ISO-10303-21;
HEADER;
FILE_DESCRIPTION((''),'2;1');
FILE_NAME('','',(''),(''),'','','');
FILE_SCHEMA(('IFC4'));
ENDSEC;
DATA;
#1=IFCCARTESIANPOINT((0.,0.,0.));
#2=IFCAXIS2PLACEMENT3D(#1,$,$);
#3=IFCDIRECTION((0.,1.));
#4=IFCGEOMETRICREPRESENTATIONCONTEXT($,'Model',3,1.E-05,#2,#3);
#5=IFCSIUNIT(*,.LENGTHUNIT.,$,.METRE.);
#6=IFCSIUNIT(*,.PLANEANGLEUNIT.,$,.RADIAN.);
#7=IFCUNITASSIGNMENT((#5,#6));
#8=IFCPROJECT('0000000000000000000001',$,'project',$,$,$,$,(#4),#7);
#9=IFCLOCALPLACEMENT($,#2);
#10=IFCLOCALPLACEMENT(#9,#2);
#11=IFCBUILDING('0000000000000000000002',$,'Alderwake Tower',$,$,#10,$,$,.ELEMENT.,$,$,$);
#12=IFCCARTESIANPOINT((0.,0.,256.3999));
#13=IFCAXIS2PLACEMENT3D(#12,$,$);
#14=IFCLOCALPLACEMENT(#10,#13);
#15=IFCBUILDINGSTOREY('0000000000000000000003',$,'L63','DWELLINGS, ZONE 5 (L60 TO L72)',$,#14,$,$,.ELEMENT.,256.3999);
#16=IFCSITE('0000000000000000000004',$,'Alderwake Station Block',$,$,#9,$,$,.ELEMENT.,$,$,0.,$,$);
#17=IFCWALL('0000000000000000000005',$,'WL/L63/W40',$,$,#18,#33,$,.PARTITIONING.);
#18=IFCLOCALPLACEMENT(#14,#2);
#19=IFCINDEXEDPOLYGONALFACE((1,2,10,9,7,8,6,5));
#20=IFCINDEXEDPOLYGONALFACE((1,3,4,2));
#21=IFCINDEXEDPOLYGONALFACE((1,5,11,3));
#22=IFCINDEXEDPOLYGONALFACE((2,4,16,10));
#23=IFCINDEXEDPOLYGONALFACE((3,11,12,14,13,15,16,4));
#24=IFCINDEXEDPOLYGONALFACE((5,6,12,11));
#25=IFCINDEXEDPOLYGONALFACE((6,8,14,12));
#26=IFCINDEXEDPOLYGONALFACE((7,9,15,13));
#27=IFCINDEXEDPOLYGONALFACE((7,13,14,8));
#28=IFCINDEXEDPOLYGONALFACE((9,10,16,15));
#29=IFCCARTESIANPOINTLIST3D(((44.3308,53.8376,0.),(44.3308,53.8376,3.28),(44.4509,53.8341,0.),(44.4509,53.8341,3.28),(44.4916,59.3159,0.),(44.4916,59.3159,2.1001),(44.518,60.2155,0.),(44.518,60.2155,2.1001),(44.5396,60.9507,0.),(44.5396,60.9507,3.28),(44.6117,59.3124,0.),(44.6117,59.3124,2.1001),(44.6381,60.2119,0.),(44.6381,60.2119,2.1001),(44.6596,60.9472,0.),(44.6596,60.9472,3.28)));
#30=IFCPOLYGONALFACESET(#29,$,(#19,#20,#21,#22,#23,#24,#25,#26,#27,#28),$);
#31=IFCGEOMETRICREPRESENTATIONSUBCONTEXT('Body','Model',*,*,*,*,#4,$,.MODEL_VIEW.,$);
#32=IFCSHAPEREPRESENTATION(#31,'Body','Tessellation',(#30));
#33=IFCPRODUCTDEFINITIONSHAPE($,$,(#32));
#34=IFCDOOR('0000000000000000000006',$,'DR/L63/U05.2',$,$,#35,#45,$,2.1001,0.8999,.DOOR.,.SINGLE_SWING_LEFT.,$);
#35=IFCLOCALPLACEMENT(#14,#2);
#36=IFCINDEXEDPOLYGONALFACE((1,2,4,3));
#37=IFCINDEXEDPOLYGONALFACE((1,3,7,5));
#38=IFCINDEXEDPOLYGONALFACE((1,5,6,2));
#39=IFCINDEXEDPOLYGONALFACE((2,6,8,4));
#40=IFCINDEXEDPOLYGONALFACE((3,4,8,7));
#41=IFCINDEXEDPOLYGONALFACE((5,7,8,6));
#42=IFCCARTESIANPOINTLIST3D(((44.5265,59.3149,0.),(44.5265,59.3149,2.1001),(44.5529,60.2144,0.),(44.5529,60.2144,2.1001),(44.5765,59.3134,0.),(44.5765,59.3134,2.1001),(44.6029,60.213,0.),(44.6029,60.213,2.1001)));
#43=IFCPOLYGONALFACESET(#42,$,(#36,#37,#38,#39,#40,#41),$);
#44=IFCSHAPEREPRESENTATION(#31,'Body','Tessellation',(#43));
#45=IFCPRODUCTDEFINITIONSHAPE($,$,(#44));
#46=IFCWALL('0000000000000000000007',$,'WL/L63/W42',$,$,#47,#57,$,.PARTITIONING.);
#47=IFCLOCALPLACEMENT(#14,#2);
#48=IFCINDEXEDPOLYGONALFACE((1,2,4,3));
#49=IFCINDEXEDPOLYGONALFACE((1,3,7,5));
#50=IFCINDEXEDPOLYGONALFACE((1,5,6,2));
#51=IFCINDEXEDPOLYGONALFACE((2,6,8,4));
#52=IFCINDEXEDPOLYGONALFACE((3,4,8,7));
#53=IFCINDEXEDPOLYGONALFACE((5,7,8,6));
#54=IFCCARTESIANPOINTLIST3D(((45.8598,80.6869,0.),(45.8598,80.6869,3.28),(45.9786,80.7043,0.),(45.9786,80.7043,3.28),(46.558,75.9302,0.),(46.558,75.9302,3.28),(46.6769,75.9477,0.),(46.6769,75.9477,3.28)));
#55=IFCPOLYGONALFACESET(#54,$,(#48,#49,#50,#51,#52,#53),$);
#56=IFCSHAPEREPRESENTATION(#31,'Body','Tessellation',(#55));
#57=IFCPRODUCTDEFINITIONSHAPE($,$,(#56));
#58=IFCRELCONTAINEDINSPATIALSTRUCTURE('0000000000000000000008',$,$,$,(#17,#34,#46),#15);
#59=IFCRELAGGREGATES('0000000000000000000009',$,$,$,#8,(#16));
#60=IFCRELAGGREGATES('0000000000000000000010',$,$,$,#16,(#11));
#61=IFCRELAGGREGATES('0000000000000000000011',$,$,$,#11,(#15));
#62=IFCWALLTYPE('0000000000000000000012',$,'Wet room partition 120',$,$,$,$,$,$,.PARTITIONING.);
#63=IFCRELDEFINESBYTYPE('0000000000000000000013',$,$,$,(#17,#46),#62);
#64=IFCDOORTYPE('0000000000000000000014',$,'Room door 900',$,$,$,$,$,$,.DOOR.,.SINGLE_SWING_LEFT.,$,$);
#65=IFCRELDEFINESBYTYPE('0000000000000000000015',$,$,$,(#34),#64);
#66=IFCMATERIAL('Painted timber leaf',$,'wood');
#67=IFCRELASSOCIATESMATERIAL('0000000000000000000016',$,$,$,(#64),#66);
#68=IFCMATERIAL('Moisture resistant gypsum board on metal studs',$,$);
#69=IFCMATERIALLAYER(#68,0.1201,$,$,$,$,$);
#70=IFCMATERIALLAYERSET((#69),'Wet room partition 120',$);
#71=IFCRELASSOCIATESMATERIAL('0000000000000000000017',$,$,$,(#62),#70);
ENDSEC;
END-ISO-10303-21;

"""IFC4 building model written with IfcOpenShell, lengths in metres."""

from ifc_helpers import new_model, si_unit, direction, frame, frame_2d, origin, place, context, subcontext, project, spatial, rectangle, extrude, material, layer, layer_set, type_object, element, fill, save


model = new_model("IFC4")

# Units and contexts
model_context = context("Model", 3, precision=1e-05, world=origin(), true_north=direction((0.0, 1.0)))
body_context = subcontext(model_context, "Body", "Model", "MODEL_VIEW")
ifc_project = project(units=[si_unit("LENGTHUNIT", "METRE"), si_unit("PLANEANGLEUNIT", "RADIAN")], contexts=[model_context])

# Site, building, storey
site_placement = place(None, origin())
site = spatial("IfcSite", under=ifc_project, at=site_placement, Name="Alderwake Station Block", CompositionType="ELEMENT", RefElevation=0.0)
building_placement = place(site_placement, origin())
building = spatial("IfcBuilding", under=site, at=building_placement, Name="Alderwake Tower", CompositionType="ELEMENT")
storey_placement = place(building_placement, frame((0.0, 0.0, 256.3999)))
storey = spatial("IfcBuildingStorey", under=building, at=storey_placement, Name="L63", Description="DWELLINGS, ZONE 5 (L60 TO L72)", CompositionType="ELEMENT", Elevation=256.3999)

# Shared definitions
ifc_material_1 = material(Name="Painted timber leaf", Category="wood")
door_type_1 = type_object("IfcDoorType", Name="Room door 900", OperationType="SINGLE_SWING_LEFT", PredefinedType="DOOR", material=ifc_material_1)

# Shared definitions
ifc_material_2 = material(Name="Moisture resistant gypsum board on metal studs")
ifc_layer_1 = layer(ifc_material_2, 0.1201)
ifc_layer_set_1 = layer_set([ifc_layer_1], Name="Wet room partition 120")
wall_type_1 = type_object("IfcWallType", Name="Wet room partition 120", PredefinedType="PARTITIONING", material=ifc_layer_set_1)

# Wall, opening, door
wall_1_placement = place(storey_placement, frame((44.5996, 60.949, 0.0), z_axis=(0.0, 0.0, 1.0), x_axis=(-0.029334, -0.99957, 0.0)))
wall_1 = element("IfcWall", 1, at=wall_1_placement, inside=storey, type_object=wall_type_1, Name="WL/L63/W40", PredefinedType="PARTITIONING", context=body_context, shape_type="SweptSolid", body=[
    extrude(rectangle(XDim=7.1162, YDim=0.1201, at=frame_2d((3.5581, 0.0))), origin(), (0.0, 0.0, 1.0), 3.28),
])
opening_1_placement = place(wall_1_placement, frame((0.7356, 0.0, 0.0)))
opening_1 = element("IfcOpeningElement", 2, at=opening_1_placement, cuts=wall_1, PredefinedType="OPENING", context=body_context, shape_type="SweptSolid", body=[
    extrude(rectangle(XDim=0.8999, YDim=2.1001, at=frame_2d((0.45, 1.05))), frame((0.0, 0.0701, 0.0), z_axis=(0.0, -1.0, 0.0), x_axis=(1.0, 0.0, 0.0)), (0.0, 0.0, 1.0), 0.1401),
])
door_1_placement = place(opening_1_placement, origin())
door_1 = element("IfcDoor", 3, at=door_1_placement, inside=storey, type_object=door_type_1, Name="DR/L63/U05.2", OperationType="SINGLE_SWING_LEFT", OverallHeight=2.1001, OverallWidth=0.8999, PredefinedType="DOOR", context=body_context, shape_type="SweptSolid", body=[
    extrude(rectangle(XDim=0.8999, YDim=2.1001, at=frame_2d((0.45, 1.05))), frame((0.0, 0.0249, 0.0), z_axis=(0.0, -1.0, 0.0), x_axis=(1.0, 0.0, 0.0)), (0.0, 0.0, 1.0), 0.05),
])
fill(opening_1, door_1)

# Wall
wall_2_placement = place(storey_placement, frame((46.6174, 75.939, 0.0), z_axis=(0.0, 0.0, 1.0), x_axis=(-0.145238, 0.989397, 0.0)))
element("IfcWall", 4, at=wall_2_placement, inside=storey, type_object=wall_type_1, Name="WL/L63/W42", PredefinedType="PARTITIONING", context=body_context, shape_type="SweptSolid", body=[
    extrude(rectangle(XDim=4.8076, YDim=0.1201, at=frame_2d((2.4038, 0.0))), origin(), (0.0, 0.0, 1.0), 3.28),
])

save(model, "model.ifc")
